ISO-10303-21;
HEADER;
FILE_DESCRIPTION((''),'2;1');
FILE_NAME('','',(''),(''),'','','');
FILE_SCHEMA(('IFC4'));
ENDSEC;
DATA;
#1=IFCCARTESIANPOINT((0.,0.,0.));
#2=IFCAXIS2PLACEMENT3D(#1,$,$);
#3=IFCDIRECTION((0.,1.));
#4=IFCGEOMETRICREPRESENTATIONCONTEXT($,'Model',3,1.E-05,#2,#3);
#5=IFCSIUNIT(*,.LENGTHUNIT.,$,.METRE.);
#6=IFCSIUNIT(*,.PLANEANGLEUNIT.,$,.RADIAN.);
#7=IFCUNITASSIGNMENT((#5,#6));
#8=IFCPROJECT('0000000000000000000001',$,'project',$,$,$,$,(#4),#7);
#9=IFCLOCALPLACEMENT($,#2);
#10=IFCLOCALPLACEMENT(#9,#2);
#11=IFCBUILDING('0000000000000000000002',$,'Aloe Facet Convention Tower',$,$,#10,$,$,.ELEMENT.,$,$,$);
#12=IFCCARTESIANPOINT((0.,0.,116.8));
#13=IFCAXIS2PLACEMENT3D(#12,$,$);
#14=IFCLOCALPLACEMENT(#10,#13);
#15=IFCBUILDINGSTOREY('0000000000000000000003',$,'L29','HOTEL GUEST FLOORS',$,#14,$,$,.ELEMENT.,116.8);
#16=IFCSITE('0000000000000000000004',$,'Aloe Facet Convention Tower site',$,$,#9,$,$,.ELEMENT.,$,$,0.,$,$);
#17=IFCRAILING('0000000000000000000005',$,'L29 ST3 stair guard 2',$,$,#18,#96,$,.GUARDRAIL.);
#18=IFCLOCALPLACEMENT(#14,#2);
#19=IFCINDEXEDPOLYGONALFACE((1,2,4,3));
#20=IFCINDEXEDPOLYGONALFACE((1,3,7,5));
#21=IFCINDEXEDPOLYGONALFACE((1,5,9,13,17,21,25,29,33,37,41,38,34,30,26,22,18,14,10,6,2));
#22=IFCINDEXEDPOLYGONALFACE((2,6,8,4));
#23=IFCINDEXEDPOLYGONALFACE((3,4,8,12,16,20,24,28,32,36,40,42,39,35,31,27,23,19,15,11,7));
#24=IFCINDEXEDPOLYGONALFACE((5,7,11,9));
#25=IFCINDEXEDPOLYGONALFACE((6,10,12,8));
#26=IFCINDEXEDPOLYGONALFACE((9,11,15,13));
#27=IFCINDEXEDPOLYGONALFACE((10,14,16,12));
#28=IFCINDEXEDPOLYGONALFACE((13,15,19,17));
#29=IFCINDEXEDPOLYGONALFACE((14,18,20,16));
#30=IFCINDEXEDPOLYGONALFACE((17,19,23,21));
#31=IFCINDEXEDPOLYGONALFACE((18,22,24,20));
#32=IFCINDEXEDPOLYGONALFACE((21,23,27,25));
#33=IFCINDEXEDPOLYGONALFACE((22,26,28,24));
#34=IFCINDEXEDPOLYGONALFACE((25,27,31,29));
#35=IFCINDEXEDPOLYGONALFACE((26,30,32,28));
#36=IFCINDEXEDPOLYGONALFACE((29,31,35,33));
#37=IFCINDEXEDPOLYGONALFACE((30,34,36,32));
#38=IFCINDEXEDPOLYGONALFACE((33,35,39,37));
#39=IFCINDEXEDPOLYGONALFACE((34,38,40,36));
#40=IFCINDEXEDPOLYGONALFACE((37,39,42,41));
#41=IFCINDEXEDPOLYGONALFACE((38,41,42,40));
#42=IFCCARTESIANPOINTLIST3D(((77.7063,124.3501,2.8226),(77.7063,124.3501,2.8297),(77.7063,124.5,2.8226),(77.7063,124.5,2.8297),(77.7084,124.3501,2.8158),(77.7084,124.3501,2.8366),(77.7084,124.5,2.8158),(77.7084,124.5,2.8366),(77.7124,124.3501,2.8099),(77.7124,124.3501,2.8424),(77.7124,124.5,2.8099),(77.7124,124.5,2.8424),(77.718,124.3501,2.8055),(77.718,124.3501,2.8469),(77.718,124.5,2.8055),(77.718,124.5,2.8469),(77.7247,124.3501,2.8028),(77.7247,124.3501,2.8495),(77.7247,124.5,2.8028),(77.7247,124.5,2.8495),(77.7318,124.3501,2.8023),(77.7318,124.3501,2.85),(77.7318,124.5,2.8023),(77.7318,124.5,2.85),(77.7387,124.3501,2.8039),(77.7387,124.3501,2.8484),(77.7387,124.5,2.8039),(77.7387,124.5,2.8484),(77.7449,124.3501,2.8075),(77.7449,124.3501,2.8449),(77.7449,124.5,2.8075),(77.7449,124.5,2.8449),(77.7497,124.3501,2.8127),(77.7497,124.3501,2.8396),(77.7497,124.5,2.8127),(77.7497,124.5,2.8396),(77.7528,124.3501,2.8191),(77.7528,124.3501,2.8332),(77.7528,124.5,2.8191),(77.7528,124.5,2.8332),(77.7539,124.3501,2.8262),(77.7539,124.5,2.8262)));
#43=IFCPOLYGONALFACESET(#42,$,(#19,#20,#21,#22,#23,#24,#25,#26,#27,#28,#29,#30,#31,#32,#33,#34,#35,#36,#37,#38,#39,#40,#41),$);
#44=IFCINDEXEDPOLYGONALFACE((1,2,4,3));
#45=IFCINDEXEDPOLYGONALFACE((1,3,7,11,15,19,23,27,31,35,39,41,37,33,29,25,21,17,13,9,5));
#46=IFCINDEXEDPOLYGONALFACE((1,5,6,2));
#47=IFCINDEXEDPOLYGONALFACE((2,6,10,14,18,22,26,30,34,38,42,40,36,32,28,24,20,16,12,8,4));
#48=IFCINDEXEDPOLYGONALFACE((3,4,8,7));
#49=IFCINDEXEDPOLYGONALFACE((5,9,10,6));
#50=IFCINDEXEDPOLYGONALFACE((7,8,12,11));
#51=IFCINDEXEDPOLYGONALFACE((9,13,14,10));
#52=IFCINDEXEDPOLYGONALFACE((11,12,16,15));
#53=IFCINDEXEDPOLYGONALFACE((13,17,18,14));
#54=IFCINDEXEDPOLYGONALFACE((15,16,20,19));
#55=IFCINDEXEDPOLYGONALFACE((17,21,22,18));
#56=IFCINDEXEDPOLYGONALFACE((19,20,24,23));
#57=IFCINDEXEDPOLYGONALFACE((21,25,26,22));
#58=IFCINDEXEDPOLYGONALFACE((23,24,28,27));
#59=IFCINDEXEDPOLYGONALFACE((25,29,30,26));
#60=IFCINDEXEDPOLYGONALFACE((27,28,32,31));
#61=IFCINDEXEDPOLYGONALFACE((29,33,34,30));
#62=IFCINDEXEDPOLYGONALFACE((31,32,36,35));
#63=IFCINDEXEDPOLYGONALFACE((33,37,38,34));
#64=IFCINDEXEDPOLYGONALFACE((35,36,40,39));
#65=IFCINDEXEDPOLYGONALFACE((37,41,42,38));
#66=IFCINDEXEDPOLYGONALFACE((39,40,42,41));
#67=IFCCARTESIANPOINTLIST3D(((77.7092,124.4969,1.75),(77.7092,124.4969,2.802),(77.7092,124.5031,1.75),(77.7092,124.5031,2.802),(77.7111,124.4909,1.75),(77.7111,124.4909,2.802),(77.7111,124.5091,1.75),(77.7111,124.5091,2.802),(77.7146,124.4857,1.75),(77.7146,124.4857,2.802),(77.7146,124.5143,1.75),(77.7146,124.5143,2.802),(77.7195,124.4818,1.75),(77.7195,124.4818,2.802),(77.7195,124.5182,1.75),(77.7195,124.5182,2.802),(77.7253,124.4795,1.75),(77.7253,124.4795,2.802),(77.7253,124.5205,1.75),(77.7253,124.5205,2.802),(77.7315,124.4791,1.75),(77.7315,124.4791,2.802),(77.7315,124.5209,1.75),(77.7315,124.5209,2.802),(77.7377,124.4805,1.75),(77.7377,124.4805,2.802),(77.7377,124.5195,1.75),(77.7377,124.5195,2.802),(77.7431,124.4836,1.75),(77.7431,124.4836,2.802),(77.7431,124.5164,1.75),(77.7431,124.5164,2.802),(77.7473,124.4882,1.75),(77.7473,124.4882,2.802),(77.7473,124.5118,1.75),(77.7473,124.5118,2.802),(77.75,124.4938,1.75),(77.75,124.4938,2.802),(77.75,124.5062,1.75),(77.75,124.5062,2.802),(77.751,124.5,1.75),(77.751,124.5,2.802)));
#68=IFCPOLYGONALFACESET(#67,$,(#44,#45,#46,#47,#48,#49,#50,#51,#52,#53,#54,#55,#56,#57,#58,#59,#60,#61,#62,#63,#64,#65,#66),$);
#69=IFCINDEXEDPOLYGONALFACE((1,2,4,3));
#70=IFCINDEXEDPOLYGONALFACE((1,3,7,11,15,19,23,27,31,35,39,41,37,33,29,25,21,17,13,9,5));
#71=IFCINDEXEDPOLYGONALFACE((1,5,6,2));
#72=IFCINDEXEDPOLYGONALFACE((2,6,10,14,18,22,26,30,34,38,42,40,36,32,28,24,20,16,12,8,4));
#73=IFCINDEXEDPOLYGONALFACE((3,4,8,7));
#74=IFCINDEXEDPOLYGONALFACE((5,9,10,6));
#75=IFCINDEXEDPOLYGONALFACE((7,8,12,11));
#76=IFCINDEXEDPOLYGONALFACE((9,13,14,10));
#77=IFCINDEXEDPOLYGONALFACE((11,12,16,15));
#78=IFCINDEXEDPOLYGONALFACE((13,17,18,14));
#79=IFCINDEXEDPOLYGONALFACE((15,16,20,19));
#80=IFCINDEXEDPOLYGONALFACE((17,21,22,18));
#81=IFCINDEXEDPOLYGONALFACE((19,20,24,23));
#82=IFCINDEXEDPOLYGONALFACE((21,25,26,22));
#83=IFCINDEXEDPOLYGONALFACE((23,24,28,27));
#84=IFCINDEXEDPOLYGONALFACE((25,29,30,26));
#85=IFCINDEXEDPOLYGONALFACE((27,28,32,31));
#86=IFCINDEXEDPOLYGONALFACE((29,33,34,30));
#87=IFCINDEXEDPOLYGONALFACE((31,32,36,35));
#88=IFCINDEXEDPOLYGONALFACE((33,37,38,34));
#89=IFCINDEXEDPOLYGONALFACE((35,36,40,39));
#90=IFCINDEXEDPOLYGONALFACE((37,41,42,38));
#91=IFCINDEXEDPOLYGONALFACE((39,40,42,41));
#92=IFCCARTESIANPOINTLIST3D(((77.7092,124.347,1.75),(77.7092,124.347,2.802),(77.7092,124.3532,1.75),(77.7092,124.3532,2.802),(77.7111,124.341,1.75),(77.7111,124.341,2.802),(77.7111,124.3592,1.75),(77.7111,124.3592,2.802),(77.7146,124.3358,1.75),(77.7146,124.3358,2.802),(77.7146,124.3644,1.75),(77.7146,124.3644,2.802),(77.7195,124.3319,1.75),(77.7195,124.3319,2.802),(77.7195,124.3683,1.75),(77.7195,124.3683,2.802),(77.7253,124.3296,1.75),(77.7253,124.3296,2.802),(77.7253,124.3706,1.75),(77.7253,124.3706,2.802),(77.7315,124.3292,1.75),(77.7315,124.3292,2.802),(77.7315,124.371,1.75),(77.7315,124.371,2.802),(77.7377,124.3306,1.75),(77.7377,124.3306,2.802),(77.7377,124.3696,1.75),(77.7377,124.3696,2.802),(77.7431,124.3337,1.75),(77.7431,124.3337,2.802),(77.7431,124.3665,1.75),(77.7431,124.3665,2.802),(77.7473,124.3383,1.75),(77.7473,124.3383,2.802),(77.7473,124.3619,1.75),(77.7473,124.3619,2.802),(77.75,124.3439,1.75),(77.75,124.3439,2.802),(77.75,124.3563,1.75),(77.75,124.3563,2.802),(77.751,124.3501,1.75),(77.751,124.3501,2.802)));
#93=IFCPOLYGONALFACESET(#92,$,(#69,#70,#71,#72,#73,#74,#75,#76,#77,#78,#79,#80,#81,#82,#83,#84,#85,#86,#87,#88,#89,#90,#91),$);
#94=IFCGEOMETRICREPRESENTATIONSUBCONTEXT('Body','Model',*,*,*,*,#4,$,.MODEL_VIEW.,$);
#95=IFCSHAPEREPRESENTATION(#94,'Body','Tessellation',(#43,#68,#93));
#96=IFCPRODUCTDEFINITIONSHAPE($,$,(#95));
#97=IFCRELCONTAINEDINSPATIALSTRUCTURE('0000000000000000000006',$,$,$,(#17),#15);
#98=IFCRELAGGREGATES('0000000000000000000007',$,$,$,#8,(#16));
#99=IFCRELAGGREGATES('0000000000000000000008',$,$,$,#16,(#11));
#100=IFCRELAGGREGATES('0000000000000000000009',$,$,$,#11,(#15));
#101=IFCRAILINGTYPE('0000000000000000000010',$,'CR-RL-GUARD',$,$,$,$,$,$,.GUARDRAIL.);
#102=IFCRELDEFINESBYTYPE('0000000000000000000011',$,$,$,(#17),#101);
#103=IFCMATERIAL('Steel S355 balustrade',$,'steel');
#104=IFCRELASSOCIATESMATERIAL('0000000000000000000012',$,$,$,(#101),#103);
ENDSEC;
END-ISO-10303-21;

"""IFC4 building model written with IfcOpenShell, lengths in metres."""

from ifc_helpers import new_model, si_unit, direction, frame, origin, origin_2d, place, context, subcontext, project, spatial, circle, extrude, material, type_object, element, save


model = new_model("IFC4")

# Units and contexts
model_context = context("Model", 3, precision=1e-05, world=origin(), true_north=direction((0.0, 1.0)))
body_context = subcontext(model_context, "Body", "Model", "MODEL_VIEW")
ifc_project = project(units=[si_unit("LENGTHUNIT", "METRE"), si_unit("PLANEANGLEUNIT", "RADIAN")], contexts=[model_context])

# Site, building, storey
site_placement = place(None, origin())
site = spatial("IfcSite", under=ifc_project, at=site_placement, Name="Aloe Facet Convention Tower site", CompositionType="ELEMENT", RefElevation=0.0)
building_placement = place(site_placement, origin())
building = spatial("IfcBuilding", under=site, at=building_placement, Name="Aloe Facet Convention Tower", CompositionType="ELEMENT")
storey_placement = place(building_placement, frame((0.0, 0.0, 116.8)))
storey = spatial("IfcBuildingStorey", under=building, at=storey_placement, Name="L29", Description="HOTEL GUEST FLOORS", CompositionType="ELEMENT", Elevation=116.8)

# Railing
ifc_material_1 = material(Name="Steel S355 balustrade", Category="steel")
railing_type_1 = type_object("IfcRailingType", Name="CR-RL-GUARD", PredefinedType="GUARDRAIL", material=ifc_material_1)
railing_1_placement = place(storey_placement, frame((77.73, 124.5, 1.75)))
element("IfcRailing", 1, at=railing_1_placement, inside=storey, type_object=railing_type_1, Name="L29 ST3 stair guard 2", PredefinedType="GUARDRAIL", context=body_context, shape_type="SweptSolid", body=[
    extrude(circle(Radius=0.0239, at=origin_2d()), frame((0.0, 0.0, 1.0762), z_axis=(0.0, -1.0, 0.0), x_axis=(1.0, 0.0, 0.0)), (0.0, 0.0, 1.0), 0.1499),
    extrude(circle(Radius=0.021, at=origin_2d()), origin(), (0.0, 0.0, 1.0), 1.052),
    extrude(circle(Radius=0.021, at=origin_2d()), frame((0.0, -0.1499, 0.0)), (0.0, 0.0, 1.0), 1.052),
])

save(model, "model.ifc")
